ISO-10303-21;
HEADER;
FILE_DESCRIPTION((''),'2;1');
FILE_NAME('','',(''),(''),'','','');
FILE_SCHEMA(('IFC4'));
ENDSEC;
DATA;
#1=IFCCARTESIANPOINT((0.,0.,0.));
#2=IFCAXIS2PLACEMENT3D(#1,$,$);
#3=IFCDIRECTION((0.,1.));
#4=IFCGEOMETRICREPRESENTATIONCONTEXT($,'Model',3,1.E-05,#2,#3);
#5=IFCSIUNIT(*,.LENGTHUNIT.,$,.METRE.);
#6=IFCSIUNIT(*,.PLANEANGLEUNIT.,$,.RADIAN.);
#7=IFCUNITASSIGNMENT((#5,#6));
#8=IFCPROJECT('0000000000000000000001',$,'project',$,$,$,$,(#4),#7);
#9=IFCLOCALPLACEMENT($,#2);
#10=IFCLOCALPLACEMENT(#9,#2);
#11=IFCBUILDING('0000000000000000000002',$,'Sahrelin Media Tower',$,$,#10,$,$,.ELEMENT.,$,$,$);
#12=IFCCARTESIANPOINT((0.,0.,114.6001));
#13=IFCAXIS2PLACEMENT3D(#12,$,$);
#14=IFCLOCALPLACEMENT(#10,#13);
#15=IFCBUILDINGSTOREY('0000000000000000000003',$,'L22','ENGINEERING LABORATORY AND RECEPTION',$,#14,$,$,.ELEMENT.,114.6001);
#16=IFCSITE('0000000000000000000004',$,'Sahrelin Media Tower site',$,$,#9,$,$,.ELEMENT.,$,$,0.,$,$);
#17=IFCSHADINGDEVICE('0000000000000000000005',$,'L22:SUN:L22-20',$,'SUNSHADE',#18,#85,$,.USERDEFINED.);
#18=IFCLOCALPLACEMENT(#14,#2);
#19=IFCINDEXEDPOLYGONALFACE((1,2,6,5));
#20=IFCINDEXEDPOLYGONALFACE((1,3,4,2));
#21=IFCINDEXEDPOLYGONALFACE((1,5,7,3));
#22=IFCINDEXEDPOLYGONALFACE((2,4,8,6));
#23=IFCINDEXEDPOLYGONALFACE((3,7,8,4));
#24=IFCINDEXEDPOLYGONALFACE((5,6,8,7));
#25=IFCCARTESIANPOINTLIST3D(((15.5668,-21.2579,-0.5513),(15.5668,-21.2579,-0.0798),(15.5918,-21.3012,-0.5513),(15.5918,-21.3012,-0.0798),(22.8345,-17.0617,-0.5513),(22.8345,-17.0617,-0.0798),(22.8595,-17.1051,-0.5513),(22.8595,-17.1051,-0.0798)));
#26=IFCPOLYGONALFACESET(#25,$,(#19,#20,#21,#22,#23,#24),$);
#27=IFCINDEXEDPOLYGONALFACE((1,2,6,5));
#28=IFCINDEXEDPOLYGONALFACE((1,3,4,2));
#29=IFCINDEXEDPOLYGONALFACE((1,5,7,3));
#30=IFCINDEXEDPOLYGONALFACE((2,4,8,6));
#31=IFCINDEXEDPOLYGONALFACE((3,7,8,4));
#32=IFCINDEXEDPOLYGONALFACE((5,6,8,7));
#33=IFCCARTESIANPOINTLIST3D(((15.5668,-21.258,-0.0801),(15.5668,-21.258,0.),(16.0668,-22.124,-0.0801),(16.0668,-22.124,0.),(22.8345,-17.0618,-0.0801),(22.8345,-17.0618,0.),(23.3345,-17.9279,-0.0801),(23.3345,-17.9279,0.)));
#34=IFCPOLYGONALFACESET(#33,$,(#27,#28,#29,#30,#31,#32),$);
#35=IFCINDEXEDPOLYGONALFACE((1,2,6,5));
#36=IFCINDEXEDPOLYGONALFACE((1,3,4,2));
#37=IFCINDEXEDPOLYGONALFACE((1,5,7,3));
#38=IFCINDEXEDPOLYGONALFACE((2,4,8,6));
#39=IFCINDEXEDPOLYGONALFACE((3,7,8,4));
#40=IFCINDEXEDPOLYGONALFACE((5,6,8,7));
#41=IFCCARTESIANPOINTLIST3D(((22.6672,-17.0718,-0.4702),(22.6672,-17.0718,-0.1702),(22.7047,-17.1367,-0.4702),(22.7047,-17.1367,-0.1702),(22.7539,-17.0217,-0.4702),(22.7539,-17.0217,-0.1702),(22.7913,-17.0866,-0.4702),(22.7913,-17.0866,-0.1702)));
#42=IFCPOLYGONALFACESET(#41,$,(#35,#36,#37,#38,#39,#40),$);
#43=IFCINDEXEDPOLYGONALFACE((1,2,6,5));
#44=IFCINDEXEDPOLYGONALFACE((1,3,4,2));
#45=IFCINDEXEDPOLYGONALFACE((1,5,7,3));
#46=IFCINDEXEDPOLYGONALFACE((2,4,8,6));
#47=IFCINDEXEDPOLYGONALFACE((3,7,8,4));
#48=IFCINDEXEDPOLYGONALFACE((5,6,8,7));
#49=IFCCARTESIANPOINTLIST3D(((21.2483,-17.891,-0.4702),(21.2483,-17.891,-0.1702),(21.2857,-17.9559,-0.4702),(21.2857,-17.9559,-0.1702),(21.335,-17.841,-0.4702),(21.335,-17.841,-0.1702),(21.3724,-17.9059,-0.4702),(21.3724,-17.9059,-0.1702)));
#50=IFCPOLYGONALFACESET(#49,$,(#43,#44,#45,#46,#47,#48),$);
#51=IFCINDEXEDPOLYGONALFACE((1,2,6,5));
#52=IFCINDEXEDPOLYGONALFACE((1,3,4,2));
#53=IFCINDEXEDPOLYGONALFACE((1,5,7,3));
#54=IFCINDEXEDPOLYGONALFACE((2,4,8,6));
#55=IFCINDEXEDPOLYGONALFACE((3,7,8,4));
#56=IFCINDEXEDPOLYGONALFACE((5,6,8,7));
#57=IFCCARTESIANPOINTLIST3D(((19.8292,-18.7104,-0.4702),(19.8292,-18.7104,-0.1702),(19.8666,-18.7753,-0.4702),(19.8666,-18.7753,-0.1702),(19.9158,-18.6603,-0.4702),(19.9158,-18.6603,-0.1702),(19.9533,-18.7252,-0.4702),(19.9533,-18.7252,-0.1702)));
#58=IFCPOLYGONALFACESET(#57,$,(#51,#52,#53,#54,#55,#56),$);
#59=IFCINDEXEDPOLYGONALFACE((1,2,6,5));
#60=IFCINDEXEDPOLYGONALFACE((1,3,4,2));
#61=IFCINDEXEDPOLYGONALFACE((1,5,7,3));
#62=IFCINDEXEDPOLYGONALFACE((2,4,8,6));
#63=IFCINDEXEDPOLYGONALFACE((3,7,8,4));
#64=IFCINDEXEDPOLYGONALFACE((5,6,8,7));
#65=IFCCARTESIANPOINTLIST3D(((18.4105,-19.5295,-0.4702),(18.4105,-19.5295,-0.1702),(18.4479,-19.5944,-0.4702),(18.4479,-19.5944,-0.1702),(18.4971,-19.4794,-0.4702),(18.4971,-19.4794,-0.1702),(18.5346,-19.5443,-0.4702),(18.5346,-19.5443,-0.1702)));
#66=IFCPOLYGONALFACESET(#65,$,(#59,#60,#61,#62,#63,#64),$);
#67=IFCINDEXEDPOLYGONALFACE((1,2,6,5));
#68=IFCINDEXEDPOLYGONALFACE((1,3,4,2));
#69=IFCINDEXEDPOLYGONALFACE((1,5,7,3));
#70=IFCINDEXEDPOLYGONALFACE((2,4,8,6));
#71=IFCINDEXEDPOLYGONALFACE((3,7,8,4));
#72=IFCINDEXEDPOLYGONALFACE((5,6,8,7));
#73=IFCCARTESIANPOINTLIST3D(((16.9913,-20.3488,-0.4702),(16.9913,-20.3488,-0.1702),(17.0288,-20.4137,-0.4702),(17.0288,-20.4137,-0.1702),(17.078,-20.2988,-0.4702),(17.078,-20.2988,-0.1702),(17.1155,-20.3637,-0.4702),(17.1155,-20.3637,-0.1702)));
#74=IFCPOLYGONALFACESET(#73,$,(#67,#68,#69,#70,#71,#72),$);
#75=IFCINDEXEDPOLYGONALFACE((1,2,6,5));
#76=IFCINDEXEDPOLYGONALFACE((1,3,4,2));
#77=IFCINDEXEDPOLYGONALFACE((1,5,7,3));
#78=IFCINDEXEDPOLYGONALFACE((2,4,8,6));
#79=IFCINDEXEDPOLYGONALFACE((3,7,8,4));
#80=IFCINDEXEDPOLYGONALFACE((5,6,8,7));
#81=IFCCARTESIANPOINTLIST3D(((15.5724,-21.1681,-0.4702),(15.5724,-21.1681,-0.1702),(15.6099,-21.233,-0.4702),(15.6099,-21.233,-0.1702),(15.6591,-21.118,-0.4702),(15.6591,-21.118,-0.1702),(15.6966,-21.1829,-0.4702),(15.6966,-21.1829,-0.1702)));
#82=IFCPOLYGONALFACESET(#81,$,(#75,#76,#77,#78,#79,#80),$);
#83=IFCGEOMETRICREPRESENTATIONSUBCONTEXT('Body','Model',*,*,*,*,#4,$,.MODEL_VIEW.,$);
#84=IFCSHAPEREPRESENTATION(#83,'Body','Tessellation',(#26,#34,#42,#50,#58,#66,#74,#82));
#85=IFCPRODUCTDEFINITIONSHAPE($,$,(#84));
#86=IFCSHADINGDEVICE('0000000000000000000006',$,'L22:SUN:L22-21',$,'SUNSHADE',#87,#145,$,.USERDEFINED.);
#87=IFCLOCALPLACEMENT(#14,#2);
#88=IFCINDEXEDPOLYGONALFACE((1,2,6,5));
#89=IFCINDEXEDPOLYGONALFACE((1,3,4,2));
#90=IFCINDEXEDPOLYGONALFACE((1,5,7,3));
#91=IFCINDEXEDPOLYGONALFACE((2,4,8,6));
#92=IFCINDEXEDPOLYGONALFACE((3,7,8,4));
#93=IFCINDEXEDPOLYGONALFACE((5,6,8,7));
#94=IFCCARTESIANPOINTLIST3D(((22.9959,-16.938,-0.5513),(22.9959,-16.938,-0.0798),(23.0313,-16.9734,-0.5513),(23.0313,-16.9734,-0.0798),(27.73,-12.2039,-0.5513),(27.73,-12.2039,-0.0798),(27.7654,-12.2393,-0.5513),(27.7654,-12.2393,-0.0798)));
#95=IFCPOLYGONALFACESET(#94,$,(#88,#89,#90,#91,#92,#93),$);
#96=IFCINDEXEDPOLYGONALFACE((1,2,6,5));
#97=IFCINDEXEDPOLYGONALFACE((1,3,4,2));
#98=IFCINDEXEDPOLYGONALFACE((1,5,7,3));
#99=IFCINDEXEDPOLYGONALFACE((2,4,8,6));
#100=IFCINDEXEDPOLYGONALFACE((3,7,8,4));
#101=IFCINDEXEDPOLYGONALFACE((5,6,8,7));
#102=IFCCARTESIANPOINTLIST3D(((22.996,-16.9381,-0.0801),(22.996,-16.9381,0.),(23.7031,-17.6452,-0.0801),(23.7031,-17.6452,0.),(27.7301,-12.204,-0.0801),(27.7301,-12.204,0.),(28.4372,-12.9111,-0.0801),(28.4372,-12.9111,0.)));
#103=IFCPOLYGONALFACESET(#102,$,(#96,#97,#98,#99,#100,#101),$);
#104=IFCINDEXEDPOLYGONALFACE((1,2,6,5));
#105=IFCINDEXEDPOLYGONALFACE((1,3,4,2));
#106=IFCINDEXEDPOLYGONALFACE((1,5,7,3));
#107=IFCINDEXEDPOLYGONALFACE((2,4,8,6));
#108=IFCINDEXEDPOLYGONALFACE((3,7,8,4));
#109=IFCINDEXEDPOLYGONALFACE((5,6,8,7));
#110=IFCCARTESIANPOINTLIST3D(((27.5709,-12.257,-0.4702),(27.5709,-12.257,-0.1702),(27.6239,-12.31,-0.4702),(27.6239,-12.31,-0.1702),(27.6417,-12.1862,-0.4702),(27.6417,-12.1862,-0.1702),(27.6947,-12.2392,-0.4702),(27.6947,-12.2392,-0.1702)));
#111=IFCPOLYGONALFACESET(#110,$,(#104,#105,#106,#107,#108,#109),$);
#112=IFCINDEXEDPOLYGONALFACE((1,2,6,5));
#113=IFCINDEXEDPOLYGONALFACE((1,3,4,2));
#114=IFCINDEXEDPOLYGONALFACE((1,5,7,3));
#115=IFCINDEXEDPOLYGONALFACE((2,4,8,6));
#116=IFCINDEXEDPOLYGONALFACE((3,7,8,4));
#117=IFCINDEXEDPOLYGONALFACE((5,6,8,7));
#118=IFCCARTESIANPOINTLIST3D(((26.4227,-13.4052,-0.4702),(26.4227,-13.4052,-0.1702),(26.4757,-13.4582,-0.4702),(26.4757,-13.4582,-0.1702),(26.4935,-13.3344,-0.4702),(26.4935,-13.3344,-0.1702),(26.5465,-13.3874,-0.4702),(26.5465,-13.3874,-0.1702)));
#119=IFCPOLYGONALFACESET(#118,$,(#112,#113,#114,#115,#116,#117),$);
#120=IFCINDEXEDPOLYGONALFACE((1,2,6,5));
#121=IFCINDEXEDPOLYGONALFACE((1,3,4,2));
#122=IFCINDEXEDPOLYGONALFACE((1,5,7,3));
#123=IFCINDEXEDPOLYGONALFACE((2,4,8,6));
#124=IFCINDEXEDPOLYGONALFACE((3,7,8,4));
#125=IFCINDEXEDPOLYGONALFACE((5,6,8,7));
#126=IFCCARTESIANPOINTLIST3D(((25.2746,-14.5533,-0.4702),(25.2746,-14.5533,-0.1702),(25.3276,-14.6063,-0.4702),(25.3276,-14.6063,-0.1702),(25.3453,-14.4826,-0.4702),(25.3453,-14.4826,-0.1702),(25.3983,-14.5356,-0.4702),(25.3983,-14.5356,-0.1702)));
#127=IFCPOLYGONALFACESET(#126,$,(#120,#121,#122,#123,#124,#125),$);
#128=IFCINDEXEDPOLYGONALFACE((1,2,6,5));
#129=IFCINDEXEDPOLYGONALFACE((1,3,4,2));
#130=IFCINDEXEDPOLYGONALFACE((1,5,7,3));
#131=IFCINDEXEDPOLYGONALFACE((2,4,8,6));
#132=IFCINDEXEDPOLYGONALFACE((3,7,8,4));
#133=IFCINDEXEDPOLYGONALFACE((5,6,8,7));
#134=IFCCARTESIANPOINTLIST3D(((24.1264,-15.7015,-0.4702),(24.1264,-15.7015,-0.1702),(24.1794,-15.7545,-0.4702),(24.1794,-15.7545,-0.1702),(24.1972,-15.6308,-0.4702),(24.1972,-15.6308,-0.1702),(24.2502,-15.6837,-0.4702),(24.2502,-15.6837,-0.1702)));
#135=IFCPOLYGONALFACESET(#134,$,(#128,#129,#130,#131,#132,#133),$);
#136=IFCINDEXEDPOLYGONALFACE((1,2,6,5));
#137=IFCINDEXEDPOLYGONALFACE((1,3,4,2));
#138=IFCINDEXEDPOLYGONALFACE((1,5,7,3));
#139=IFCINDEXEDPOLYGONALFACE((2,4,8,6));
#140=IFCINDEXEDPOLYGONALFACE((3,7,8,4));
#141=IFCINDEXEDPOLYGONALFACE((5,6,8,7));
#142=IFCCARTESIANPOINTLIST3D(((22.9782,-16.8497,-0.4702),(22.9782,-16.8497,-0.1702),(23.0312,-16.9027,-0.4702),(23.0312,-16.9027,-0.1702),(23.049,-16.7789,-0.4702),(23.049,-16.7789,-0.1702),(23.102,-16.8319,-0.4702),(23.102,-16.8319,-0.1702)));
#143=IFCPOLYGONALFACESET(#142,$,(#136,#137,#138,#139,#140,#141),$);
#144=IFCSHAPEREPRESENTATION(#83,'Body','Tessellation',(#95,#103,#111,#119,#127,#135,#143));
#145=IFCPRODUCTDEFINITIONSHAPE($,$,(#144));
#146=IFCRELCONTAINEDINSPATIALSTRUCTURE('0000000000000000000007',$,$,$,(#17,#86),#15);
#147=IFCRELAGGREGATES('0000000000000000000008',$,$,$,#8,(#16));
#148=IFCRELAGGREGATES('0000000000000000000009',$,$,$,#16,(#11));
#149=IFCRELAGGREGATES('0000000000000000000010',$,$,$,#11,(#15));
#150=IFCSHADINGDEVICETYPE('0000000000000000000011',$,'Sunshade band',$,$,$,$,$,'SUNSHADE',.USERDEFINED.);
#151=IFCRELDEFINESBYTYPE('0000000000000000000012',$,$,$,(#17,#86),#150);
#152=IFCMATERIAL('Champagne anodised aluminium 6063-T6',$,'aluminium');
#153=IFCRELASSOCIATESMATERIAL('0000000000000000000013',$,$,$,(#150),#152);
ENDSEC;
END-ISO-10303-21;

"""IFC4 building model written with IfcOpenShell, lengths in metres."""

from ifc_helpers import new_model, si_unit, direction, frame, origin, origin_2d, place, context, subcontext, project, spatial, rectangle, extrude, material, type_object, element, save


model = new_model("IFC4")

# Units and contexts
model_context = context("Model", 3, precision=1e-05, world=origin(), true_north=direction((0.0, 1.0)))
body_context = subcontext(model_context, "Body", "Model", "MODEL_VIEW")
ifc_project = project(units=[si_unit("LENGTHUNIT", "METRE"), si_unit("PLANEANGLEUNIT", "RADIAN")], contexts=[model_context])

# Site, building, storey
site_placement = place(None, origin())
site = spatial("IfcSite", under=ifc_project, at=site_placement, Name="Sahrelin Media Tower site", CompositionType="ELEMENT", RefElevation=0.0)
building_placement = place(site_placement, origin())
building = spatial("IfcBuilding", under=site, at=building_placement, Name="Sahrelin Media Tower", CompositionType="ELEMENT")
storey_placement = place(building_placement, frame((0.0, 0.0, 114.6001)))
storey = spatial("IfcBuildingStorey", under=building, at=storey_placement, Name="L22", Description="ENGINEERING LABORATORY AND RECEPTION", CompositionType="ELEMENT", Elevation=114.6001)

# Shared definitions
ifc_material_1 = material(Name="Champagne anodised aluminium 6063-T6", Category="aluminium")

# Shading devices
placement_1 = place(storey_placement, frame((19.1907, -19.1426, 0.0), z_axis=(0.0, 0.0, 1.0), x_axis=(-0.866019, -0.500011, 0.0)))
placement_2 = place(storey_placement, frame((25.3489, -14.5569, 0.0), z_axis=(0.0, 0.0, 1.0), x_axis=(-0.707107, -0.707107, 0.0)))
shading_device_type_1 = type_object("IfcShadingDeviceType", Name="Sunshade band", ElementType="SUNSHADE", PredefinedType="USERDEFINED", material=ifc_material_1)
element("IfcShadingDevice", 1, at=placement_1, inside=storey, type_object=shading_device_type_1, Name="L22:SUN:L22-20", ObjectType="SUNSHADE", PredefinedType="USERDEFINED", context=body_context, shape_type="SweptSolid", body=[
    extrude(rectangle(XDim=8.3921, YDim=0.05, at=origin_2d()), frame((0.0, 0.0449, -0.5513)), (0.0, 0.0, 1.0), 0.4714),
    extrude(rectangle(XDim=8.3921, YDim=1.0, at=origin_2d()), frame((0.0, 0.52, -0.0801)), (0.0, 0.0, 1.0), 0.0801),
    extrude(rectangle(XDim=0.1001, YDim=0.075, at=origin_2d()), frame((-4.0962, -0.0176, -0.4702)), (0.0, 0.0, 1.0), 0.3),
    extrude(rectangle(XDim=0.1001, YDim=0.075, at=origin_2d()), frame((-2.4578, -0.0176, -0.4702)), (0.0, 0.0, 1.0), 0.3),
    extrude(rectangle(XDim=0.1001, YDim=0.075, at=origin_2d()), frame((-0.8191, -0.0176, -0.4702)), (0.0, 0.0, 1.0), 0.3),
    extrude(rectangle(XDim=0.1001, YDim=0.075, at=origin_2d()), frame((0.8191, -0.0176, -0.4702)), (0.0, 0.0, 1.0), 0.3),
    extrude(rectangle(XDim=0.1001, YDim=0.075, at=origin_2d()), frame((2.4578, -0.0176, -0.4702)), (0.0, 0.0, 1.0), 0.3),
    extrude(rectangle(XDim=0.1001, YDim=0.075, at=origin_2d()), frame((4.0962, -0.0176, -0.4702)), (0.0, 0.0, 1.0), 0.3),
])
element("IfcShadingDevice", 2, at=placement_2, inside=storey, type_object=shading_device_type_1, Name="L22:SUN:L22-21", ObjectType="SUNSHADE", PredefinedType="USERDEFINED", context=body_context, shape_type="SweptSolid", body=[
    extrude(rectangle(XDim=6.6951, YDim=0.05, at=origin_2d()), frame((0.0, 0.0449, -0.5513)), (0.0, 0.0, 1.0), 0.4714),
    extrude(rectangle(XDim=6.6951, YDim=1.0, at=origin_2d()), frame((0.0, 0.52, -0.0801)), (0.0, 0.0, 1.0), 0.0801),
    extrude(rectangle(XDim=0.1001, YDim=0.075, at=origin_2d()), frame((-3.2476, -0.0176, -0.4702)), (0.0, 0.0, 1.0), 0.3),
    extrude(rectangle(XDim=0.1001, YDim=0.075, at=origin_2d()), frame((-1.6238, -0.0176, -0.4702)), (0.0, 0.0, 1.0), 0.3),
    extrude(rectangle(XDim=0.1001, YDim=0.075, at=origin_2d()), frame((0.0, -0.0176, -0.4702)), (0.0, 0.0, 1.0), 0.3),
    extrude(rectangle(XDim=0.1001, YDim=0.075, at=origin_2d()), frame((1.6238, -0.0176, -0.4702)), (0.0, 0.0, 1.0), 0.3),
    extrude(rectangle(XDim=0.1001, YDim=0.075, at=origin_2d()), frame((3.2476, -0.0176, -0.4702)), (0.0, 0.0, 1.0), 0.3),
])

save(model, "model.ifc")
